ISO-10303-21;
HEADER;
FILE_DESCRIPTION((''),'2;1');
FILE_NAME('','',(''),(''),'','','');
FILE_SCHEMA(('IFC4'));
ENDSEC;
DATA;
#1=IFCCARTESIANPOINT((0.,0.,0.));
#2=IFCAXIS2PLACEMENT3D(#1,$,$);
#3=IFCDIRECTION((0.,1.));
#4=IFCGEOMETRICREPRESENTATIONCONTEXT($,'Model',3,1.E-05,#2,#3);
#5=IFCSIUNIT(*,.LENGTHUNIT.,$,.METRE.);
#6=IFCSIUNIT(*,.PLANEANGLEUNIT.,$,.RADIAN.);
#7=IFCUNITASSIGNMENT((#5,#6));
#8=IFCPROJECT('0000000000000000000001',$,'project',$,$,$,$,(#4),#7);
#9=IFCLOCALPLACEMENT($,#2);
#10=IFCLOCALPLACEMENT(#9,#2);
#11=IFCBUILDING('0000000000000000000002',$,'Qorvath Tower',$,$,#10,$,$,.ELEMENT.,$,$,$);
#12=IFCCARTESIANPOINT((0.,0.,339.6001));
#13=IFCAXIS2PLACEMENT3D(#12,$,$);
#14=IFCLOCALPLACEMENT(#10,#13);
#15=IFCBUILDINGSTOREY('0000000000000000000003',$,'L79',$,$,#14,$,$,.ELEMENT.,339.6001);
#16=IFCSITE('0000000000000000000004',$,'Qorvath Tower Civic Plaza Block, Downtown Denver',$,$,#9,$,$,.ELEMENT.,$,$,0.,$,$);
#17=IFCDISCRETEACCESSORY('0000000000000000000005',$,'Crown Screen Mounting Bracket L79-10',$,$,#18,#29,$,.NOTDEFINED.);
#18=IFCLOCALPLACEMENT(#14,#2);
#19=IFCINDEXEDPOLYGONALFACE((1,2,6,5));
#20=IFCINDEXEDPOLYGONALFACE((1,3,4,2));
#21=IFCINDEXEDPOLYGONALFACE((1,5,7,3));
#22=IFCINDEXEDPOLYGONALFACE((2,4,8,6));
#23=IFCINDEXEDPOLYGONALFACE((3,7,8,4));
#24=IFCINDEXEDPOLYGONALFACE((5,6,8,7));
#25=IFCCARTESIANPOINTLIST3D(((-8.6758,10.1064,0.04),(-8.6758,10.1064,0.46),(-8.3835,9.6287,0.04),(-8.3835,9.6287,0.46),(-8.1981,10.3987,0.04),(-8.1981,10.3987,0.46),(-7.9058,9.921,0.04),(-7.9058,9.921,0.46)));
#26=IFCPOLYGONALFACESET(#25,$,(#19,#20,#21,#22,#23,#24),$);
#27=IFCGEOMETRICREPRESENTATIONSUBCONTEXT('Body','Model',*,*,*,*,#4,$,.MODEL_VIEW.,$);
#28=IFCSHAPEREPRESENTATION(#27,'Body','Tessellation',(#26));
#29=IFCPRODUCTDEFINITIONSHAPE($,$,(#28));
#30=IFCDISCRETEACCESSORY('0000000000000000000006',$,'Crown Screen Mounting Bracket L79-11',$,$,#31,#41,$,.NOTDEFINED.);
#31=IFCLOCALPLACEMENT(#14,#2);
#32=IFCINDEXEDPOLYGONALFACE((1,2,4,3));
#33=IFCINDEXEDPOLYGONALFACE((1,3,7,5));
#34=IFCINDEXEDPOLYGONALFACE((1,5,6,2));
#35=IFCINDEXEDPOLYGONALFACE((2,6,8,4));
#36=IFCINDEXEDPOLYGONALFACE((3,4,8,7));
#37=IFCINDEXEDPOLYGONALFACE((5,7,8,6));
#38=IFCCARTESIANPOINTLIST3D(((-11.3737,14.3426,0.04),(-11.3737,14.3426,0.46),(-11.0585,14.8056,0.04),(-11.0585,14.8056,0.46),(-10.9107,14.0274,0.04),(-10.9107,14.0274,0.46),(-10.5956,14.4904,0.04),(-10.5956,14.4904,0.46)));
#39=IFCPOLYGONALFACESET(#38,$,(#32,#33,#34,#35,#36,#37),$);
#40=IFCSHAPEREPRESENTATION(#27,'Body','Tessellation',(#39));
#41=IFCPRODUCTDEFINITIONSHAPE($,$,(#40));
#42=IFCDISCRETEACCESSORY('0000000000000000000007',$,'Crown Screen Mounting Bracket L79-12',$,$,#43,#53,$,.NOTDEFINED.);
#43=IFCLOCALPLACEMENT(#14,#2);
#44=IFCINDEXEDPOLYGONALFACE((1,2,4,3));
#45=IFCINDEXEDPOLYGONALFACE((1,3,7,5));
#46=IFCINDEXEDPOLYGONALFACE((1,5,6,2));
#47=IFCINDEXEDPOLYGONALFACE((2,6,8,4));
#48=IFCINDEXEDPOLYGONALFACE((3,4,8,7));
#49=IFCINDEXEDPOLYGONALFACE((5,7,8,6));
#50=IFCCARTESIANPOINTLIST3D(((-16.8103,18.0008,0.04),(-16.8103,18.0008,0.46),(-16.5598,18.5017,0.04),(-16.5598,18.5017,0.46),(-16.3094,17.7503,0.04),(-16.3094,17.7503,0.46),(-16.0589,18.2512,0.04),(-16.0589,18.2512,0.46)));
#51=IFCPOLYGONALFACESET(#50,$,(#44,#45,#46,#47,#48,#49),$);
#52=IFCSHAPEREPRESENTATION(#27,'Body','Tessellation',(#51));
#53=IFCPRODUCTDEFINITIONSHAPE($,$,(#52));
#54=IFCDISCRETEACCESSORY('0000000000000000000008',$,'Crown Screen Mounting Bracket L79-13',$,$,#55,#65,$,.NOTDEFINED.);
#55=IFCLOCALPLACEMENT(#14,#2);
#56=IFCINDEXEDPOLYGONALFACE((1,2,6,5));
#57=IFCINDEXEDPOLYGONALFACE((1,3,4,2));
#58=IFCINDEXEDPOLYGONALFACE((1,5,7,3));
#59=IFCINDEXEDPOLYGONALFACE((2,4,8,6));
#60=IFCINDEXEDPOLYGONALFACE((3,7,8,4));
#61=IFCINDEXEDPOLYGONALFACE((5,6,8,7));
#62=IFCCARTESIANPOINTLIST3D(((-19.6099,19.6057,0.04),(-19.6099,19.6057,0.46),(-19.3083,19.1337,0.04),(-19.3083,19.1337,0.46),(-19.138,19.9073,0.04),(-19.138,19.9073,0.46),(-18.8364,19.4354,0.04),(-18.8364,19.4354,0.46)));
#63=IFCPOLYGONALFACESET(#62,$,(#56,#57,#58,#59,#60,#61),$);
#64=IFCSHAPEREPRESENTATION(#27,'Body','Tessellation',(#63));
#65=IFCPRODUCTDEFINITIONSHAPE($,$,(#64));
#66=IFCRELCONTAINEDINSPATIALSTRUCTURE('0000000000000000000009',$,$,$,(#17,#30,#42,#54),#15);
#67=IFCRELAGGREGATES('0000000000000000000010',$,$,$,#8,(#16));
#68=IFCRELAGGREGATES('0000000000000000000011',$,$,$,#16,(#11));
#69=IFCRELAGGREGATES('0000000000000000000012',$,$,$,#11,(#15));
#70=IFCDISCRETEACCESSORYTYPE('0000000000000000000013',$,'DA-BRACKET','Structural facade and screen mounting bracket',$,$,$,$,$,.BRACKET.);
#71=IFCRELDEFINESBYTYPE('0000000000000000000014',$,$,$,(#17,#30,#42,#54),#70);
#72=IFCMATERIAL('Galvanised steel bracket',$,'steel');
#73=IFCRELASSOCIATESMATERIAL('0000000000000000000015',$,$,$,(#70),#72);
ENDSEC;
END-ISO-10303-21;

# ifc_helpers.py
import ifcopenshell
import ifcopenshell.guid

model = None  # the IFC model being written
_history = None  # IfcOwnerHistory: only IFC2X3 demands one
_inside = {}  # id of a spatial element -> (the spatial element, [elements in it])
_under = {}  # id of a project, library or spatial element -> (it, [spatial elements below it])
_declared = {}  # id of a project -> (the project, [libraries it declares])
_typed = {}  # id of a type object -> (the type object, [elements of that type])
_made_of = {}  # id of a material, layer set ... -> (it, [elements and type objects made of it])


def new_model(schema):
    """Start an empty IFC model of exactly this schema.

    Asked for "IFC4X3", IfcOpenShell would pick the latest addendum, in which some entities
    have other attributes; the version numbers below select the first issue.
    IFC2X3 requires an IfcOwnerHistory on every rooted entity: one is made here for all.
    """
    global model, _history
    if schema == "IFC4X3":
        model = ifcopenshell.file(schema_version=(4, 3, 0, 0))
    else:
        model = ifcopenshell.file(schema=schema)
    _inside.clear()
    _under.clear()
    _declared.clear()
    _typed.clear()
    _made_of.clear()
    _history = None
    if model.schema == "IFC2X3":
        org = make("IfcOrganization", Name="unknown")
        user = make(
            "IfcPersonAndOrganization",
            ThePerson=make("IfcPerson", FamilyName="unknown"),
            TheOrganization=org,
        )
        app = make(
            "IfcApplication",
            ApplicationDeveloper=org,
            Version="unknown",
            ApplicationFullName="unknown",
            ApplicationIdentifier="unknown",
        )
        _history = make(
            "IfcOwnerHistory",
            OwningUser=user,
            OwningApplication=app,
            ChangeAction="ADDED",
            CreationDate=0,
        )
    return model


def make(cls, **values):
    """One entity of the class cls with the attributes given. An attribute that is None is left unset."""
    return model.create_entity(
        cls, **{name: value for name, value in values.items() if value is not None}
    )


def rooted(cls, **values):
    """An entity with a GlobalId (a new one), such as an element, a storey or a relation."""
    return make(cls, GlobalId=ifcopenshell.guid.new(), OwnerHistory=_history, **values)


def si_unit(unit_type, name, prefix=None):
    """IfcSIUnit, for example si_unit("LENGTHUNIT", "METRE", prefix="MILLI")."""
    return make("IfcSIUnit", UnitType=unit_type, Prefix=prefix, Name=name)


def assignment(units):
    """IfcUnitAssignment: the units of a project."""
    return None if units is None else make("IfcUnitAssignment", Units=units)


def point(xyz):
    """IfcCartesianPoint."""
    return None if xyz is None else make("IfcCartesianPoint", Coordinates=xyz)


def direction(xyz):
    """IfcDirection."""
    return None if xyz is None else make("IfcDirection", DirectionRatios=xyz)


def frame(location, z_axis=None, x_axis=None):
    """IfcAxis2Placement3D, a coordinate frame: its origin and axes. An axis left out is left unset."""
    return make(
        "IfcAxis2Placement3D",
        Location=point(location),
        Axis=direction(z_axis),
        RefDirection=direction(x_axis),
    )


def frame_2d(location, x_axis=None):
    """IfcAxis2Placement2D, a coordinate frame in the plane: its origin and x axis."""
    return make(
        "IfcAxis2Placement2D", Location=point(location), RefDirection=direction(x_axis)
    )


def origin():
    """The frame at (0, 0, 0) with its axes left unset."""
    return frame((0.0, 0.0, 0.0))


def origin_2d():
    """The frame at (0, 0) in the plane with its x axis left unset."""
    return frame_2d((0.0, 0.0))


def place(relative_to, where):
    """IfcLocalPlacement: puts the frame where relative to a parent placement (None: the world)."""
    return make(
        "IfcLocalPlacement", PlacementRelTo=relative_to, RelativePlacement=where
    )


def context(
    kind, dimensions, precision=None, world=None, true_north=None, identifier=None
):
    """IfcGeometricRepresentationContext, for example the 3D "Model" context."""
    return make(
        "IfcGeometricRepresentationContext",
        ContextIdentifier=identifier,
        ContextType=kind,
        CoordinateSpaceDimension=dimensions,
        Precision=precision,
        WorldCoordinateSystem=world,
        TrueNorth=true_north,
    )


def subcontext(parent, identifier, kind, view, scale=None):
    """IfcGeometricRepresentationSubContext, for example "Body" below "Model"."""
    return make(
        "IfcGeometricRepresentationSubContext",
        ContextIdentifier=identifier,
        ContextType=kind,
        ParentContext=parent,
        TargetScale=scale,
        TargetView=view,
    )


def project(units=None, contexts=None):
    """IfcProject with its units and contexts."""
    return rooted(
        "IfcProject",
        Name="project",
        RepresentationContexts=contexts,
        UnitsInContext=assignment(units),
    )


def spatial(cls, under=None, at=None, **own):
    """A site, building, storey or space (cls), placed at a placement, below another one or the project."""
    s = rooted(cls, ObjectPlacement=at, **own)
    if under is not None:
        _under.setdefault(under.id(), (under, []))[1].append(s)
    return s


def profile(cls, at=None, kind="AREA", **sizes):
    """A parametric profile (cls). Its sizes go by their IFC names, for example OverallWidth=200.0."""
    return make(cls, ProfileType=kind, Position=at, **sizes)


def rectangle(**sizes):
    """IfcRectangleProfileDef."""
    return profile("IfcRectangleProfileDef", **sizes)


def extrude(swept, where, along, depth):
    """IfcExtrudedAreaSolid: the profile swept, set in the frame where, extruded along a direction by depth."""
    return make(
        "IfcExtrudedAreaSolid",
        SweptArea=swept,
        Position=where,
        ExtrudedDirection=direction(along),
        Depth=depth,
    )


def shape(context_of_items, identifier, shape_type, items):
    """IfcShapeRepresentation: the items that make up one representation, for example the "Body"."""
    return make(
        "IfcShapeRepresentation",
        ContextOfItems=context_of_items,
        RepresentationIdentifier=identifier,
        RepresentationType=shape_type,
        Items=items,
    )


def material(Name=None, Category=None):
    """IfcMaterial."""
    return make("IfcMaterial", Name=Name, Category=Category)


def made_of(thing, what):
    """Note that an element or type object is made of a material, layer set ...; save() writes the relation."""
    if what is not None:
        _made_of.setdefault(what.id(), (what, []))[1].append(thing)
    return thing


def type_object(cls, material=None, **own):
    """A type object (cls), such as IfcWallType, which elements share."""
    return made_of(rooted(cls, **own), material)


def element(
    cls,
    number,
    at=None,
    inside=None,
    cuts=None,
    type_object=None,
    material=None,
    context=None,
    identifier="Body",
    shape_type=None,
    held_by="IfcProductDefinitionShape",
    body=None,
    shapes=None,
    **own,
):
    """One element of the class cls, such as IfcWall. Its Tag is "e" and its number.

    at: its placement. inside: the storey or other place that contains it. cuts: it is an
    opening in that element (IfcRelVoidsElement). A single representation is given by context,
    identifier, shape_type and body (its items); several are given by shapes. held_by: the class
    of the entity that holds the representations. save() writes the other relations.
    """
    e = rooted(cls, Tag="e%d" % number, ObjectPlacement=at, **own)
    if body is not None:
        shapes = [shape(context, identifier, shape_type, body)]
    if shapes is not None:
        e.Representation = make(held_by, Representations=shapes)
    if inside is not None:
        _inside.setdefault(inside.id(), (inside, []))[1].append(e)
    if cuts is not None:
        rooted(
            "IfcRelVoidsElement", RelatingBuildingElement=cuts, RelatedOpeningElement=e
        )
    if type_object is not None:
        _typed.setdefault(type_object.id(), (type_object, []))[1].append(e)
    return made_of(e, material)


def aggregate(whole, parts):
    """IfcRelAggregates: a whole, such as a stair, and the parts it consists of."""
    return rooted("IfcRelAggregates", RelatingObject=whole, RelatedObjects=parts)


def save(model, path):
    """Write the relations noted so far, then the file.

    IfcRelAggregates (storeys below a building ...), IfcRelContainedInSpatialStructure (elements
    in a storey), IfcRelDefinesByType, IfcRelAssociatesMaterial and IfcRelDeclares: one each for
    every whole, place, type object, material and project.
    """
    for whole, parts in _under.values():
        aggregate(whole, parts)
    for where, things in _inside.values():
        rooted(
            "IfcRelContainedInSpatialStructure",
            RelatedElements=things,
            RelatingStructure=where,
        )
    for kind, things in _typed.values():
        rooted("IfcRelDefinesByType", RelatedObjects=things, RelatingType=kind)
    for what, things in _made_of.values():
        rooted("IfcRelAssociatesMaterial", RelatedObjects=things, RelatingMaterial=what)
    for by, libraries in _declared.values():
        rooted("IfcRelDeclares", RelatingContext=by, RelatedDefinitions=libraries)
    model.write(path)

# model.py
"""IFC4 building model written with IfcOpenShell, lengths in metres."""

from ifc_helpers import new_model, si_unit, direction, frame, origin, origin_2d, place, context, subcontext, project, spatial, rectangle, extrude, material, type_object, element, save


model = new_model("IFC4")

# Units and contexts
model_context = context("Model", 3, precision=1e-05, world=origin(), true_north=direction((0.0, 1.0)))
body_context = subcontext(model_context, "Body", "Model", "MODEL_VIEW")
ifc_project = project(units=[si_unit("LENGTHUNIT", "METRE"), si_unit("PLANEANGLEUNIT", "RADIAN")], contexts=[model_context])

# Site, building, storey
site_placement = place(None, origin())
site = spatial("IfcSite", under=ifc_project, at=site_placement, Name="Qorvath Tower Civic Plaza Block, Downtown Denver", CompositionType="ELEMENT", RefElevation=0.0)
building_placement = place(site_placement, origin())
building = spatial("IfcBuilding", under=site, at=building_placement, Name="Qorvath Tower", CompositionType="ELEMENT")
storey_placement = place(building_placement, frame((0.0, 0.0, 339.6001)))
storey = spatial("IfcBuildingStorey", under=building, at=storey_placement, Name="L79", CompositionType="ELEMENT", Elevation=339.6001)

# Discrete accessories
ifc_material_1 = material(Name="Galvanised steel bracket", Category="steel")
discrete_accessory_type = type_object("IfcDiscreteAccessoryType", Name="DA-BRACKET", Description="Structural facade and screen mounting bracket", PredefinedType="BRACKET", material=ifc_material_1)
for number, where, z_axis, x_axis, name in (
    (1, (-8.2908, 10.0137, 0.04), (0.0, 0.0, 1.0), (-0.521906, 0.853003, 0.0), "Crown Screen Mounting Bracket L79-10"),
    (2, (-10.9846, 14.4165, 0.04), (0.0, 0.0, 1.0), (-0.826678, 0.562675, 0.0), "Crown Screen Mounting Bracket L79-11"),
    (3, (-16.4346, 18.126, 0.04), (0.0, 0.0, 1.0), (-0.894388, 0.447292, 0.0), "Crown Screen Mounting Bracket L79-12"),
    (4, (-19.2231, 19.5205, 0.04), (0.0, 0.0, 1.0), (-0.842606, -0.538531, 0.0), "Crown Screen Mounting Bracket L79-13"),
):
    element("IfcDiscreteAccessory", number, at=place(storey_placement, frame(where, z_axis=z_axis, x_axis=x_axis)), inside=storey, type_object=discrete_accessory_type, Name=name, PredefinedType="NOTDEFINED", context=body_context, shape_type="SweptSolid", body=[
        extrude(rectangle(XDim=0.5601, YDim=0.5601, at=origin_2d()), origin(), (0.0, 0.0, 1.0), 0.4199),
    ])

save(model, "model.ifc")
